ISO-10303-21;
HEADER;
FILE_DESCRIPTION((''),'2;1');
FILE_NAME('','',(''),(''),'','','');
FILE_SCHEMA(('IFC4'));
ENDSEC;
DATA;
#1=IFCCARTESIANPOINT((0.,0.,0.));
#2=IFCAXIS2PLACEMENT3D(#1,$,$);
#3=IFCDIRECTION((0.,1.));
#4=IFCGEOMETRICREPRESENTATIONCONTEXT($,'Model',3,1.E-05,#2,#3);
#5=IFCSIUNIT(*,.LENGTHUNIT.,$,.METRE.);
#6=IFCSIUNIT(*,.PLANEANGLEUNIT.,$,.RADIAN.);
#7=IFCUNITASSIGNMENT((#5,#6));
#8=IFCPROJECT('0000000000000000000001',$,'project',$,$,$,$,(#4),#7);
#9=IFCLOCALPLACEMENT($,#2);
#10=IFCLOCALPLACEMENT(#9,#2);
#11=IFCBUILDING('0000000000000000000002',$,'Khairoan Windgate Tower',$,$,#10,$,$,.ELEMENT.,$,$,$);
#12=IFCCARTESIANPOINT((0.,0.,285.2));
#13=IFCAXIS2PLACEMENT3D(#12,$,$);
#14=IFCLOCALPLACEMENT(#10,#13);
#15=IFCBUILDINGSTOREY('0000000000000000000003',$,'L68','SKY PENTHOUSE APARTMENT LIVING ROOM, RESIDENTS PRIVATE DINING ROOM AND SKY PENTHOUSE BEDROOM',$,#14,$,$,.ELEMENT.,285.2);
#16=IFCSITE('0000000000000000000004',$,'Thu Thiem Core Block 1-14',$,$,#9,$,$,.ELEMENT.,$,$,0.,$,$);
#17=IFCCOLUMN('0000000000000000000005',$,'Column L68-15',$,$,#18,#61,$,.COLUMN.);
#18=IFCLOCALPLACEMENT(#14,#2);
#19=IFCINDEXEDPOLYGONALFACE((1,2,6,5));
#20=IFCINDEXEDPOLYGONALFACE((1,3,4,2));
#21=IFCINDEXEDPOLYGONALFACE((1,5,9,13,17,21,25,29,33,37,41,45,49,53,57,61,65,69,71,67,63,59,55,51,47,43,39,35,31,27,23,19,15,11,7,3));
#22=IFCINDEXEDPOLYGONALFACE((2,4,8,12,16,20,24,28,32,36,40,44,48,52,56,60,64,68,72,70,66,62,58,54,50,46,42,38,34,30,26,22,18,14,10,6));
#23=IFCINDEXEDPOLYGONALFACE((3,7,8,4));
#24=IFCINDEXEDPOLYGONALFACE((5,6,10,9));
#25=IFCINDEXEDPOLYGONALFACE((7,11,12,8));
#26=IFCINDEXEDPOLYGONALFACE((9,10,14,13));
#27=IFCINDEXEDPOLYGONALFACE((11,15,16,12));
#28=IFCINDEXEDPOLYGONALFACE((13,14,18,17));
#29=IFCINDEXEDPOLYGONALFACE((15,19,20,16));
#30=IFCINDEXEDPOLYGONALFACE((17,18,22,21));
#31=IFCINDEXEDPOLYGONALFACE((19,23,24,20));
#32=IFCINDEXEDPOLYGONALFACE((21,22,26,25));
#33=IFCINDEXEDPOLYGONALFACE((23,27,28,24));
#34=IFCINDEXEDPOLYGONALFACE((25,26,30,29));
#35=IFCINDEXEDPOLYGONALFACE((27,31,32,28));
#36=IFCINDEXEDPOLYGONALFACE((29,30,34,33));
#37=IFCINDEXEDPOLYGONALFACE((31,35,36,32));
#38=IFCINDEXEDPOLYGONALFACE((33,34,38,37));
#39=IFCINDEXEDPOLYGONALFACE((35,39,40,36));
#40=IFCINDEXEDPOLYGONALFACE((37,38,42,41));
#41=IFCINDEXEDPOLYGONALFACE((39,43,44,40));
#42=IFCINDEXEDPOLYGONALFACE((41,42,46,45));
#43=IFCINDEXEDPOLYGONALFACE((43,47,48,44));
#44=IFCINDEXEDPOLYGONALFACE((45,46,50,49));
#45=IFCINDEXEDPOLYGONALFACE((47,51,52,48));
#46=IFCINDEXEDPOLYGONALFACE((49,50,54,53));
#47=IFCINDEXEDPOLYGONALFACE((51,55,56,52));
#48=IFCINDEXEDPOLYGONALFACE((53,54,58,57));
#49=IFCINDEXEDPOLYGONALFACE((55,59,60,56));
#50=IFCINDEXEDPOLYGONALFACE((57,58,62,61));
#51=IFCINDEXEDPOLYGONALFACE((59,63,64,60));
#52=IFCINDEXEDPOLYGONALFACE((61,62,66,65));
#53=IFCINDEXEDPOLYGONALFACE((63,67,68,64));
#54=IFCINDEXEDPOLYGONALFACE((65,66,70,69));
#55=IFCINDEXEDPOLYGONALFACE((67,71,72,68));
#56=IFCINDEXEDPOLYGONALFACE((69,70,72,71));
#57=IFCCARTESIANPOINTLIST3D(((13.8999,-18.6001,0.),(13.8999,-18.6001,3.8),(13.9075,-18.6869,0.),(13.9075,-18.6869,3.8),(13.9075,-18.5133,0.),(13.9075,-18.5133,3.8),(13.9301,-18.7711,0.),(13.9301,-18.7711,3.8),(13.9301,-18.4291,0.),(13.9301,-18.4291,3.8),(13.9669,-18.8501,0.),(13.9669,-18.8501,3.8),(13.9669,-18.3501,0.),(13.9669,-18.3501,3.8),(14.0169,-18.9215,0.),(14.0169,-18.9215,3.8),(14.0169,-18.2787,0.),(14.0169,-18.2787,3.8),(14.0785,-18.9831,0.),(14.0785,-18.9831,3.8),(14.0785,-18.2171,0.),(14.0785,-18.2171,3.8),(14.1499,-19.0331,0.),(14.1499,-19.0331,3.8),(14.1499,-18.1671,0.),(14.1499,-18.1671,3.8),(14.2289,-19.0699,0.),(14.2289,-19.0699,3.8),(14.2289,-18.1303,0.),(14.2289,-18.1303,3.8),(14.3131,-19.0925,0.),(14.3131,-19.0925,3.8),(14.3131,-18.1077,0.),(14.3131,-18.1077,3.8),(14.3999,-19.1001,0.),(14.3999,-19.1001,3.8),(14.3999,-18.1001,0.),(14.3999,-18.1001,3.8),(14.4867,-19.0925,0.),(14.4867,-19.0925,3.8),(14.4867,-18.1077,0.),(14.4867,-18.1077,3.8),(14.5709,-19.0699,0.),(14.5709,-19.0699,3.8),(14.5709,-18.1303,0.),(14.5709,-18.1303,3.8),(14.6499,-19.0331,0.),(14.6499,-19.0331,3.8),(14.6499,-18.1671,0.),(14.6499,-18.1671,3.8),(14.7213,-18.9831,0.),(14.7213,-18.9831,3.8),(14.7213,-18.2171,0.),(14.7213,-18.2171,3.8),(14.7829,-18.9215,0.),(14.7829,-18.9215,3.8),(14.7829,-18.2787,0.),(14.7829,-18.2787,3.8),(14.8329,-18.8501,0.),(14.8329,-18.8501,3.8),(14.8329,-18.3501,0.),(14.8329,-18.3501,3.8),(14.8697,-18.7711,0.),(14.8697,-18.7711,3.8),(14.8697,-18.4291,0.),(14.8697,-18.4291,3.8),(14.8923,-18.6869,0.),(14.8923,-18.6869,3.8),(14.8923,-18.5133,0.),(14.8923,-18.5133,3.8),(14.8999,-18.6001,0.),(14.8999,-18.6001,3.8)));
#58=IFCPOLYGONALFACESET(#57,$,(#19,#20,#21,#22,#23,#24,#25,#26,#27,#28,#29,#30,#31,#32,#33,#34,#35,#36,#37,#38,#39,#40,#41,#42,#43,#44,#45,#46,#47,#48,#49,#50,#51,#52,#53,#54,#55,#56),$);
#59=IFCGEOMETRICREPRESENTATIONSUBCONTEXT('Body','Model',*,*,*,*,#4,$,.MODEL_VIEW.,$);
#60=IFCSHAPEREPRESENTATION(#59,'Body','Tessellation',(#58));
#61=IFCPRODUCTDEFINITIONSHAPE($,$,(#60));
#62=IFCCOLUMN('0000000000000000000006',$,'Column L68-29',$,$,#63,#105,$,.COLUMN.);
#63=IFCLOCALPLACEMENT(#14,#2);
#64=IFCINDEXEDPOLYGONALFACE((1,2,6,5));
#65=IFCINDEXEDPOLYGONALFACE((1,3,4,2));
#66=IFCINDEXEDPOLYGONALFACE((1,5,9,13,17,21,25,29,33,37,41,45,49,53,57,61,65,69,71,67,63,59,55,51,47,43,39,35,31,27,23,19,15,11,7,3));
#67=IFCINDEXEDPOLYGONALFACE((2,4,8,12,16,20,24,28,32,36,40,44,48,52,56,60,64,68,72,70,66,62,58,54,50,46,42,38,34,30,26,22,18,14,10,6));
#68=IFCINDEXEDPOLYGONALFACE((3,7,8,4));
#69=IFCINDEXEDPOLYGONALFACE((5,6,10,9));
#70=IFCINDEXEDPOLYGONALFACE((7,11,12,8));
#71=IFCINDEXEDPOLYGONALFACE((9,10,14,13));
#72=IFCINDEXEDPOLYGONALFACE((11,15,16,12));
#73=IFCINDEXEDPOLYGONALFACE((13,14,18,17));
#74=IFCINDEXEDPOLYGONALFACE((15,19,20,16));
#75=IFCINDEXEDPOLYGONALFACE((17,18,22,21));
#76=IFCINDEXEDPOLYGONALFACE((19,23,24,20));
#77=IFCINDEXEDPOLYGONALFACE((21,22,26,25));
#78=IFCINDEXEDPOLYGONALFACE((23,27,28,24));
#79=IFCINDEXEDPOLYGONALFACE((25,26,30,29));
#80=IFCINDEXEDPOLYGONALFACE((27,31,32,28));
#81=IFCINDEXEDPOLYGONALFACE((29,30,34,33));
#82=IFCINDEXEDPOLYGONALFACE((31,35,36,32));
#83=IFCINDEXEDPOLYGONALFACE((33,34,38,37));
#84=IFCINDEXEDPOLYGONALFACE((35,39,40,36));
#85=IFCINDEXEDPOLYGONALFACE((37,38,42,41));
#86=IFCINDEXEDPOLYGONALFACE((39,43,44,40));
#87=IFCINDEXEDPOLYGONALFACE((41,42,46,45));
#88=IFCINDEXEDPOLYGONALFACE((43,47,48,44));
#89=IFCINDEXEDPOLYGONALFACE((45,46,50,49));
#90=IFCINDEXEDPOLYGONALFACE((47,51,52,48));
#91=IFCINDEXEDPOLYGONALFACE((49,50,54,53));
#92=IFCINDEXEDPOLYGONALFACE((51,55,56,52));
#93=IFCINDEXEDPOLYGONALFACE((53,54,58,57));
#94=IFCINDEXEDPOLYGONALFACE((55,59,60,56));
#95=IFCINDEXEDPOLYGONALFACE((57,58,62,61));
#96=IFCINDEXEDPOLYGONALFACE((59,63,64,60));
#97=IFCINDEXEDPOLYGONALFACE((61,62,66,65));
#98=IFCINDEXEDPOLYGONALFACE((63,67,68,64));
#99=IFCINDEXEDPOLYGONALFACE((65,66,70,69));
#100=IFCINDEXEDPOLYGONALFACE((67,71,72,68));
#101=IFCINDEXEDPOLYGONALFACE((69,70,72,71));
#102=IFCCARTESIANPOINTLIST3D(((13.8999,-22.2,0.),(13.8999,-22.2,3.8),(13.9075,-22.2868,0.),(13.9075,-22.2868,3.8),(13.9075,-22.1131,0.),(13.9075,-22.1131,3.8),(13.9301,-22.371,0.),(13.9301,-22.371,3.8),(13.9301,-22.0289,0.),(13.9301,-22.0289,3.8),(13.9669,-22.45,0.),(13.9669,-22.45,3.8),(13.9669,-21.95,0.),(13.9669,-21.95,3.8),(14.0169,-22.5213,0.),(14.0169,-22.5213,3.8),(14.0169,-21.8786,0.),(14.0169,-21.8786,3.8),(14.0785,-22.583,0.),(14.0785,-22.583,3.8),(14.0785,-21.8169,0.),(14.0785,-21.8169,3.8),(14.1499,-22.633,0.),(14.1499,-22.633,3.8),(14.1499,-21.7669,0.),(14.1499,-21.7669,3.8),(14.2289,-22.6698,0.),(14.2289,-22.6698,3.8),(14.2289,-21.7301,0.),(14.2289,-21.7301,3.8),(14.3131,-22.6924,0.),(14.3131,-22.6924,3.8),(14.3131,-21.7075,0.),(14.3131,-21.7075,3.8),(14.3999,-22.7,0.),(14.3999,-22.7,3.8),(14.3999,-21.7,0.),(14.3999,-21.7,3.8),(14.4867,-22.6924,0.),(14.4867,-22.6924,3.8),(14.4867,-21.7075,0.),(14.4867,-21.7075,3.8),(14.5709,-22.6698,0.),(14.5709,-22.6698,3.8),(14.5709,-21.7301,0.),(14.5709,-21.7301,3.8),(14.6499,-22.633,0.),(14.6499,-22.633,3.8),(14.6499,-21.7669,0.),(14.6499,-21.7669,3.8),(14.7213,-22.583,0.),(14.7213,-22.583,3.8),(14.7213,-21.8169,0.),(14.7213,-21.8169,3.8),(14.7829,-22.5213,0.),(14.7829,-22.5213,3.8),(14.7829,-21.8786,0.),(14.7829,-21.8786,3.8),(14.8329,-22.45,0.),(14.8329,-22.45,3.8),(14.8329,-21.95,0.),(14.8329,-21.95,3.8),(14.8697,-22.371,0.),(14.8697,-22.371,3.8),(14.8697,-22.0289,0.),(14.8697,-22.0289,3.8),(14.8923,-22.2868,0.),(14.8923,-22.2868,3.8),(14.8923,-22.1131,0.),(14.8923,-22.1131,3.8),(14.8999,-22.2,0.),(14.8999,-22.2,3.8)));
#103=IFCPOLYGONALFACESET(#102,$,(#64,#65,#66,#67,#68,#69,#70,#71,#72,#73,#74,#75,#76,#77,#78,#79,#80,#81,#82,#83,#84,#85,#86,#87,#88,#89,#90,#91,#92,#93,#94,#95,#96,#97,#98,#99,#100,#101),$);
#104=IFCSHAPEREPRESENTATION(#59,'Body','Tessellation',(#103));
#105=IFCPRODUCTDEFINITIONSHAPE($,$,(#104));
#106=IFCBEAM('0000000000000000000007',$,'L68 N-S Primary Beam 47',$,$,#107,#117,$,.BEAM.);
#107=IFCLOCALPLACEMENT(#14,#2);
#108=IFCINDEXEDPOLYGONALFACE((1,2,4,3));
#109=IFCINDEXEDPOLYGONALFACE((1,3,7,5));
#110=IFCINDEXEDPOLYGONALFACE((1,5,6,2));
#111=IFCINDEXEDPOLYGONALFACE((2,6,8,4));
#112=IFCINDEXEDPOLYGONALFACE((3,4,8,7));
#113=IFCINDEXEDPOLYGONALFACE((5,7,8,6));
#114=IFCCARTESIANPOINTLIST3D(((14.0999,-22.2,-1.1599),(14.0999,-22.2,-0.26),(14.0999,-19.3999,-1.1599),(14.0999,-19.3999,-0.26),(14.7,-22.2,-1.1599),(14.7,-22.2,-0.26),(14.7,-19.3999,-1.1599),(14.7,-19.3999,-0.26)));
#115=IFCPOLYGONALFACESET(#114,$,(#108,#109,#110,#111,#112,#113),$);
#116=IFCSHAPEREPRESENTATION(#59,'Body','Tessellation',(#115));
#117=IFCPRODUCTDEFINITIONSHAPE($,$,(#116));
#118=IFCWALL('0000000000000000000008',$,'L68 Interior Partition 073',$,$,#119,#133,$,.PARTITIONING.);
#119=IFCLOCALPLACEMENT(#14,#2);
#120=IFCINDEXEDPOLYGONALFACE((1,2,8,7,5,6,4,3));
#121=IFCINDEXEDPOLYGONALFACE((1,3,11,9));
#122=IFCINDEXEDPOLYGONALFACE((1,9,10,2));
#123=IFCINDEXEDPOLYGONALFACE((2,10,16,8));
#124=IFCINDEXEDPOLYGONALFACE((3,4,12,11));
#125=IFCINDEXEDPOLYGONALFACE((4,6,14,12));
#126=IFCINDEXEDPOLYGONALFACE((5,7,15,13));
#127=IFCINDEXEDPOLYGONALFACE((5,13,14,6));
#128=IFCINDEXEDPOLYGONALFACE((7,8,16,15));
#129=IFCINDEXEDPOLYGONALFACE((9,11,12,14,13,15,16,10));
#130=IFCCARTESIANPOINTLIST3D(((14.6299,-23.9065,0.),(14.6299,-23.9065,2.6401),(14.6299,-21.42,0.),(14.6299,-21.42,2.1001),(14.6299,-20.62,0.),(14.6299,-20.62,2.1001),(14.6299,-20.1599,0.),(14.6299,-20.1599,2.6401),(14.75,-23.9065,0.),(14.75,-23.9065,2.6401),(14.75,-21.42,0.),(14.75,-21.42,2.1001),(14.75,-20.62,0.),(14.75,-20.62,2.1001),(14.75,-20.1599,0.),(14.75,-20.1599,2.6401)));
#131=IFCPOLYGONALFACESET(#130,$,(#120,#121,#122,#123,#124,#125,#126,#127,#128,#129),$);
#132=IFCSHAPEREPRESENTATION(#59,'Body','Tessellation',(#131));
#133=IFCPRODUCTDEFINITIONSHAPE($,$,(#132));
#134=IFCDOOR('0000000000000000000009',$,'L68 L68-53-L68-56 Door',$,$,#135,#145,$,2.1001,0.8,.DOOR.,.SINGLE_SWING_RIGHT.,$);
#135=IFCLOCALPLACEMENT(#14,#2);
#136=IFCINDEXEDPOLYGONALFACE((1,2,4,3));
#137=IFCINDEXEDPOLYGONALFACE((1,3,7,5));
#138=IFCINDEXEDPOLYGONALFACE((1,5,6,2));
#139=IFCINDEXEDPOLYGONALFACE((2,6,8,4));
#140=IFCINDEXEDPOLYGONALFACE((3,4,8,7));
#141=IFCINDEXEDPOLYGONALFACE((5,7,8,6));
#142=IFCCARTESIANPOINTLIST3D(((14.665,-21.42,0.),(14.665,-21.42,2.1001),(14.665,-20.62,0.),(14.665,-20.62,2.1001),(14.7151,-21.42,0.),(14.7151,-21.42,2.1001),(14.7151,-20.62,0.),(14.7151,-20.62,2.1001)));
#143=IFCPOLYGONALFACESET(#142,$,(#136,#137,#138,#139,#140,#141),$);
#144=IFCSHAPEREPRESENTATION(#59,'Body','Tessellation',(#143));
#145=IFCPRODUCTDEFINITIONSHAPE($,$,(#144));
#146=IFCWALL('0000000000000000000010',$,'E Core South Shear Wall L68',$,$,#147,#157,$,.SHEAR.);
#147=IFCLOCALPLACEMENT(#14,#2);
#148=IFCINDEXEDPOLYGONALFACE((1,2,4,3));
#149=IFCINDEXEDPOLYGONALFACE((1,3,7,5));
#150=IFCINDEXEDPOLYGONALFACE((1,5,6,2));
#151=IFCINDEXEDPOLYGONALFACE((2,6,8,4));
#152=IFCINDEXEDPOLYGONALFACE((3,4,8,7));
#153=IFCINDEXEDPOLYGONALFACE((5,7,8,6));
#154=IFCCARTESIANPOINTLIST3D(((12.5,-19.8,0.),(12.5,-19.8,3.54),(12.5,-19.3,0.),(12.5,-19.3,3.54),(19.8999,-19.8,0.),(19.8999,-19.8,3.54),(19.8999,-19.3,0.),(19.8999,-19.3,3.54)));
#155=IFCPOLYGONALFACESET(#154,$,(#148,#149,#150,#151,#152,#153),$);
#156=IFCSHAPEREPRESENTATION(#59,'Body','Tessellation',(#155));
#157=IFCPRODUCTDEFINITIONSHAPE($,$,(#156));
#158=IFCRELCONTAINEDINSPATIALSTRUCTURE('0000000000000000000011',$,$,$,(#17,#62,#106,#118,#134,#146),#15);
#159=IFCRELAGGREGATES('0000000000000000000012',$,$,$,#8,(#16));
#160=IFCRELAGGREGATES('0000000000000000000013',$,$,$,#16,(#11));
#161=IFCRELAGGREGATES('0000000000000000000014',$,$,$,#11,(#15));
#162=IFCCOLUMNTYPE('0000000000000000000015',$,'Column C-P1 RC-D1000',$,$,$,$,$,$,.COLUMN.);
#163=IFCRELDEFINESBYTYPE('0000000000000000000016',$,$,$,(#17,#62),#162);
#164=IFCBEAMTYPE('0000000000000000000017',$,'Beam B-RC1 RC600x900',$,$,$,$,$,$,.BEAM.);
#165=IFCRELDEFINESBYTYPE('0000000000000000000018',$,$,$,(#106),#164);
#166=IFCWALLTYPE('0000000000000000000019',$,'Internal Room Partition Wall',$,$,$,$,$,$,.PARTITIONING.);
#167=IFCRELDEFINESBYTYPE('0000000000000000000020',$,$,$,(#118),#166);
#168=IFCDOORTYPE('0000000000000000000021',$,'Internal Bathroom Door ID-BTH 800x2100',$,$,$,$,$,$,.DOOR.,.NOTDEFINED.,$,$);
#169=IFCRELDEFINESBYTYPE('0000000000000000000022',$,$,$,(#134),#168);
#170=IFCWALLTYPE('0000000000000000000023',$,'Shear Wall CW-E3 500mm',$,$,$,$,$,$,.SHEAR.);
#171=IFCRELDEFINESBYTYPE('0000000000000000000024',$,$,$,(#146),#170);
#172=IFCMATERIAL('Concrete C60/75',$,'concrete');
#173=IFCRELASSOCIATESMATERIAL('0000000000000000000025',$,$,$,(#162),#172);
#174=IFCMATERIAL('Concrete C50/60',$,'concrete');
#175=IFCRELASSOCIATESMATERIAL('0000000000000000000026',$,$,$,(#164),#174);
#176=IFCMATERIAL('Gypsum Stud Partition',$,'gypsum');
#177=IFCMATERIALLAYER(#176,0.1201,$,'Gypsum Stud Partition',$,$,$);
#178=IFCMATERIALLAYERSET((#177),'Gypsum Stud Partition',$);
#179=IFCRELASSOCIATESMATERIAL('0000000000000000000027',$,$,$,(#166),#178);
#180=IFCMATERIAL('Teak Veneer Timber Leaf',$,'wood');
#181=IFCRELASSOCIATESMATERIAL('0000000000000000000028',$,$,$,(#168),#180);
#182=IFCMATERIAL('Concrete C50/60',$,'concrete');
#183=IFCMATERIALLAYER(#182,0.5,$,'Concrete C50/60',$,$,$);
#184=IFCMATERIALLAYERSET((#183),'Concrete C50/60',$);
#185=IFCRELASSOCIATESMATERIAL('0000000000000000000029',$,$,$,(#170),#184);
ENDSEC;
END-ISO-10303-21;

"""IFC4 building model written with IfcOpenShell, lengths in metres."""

from ifc_helpers import new_model, si_unit, direction, frame, frame_2d, origin, origin_2d, place, context, subcontext, project, spatial, rectangle, circle, extrude, material, layer, layer_set, material_profile, profile_set, type_object, element, fill, save


model = new_model("IFC4")

# Units and contexts
model_context = context("Model", 3, precision=1e-05, world=origin(), true_north=direction((0.0, 1.0)))
body_context = subcontext(model_context, "Body", "Model", "MODEL_VIEW")
ifc_project = project(units=[si_unit("LENGTHUNIT", "METRE"), si_unit("PLANEANGLEUNIT", "RADIAN")], contexts=[model_context])

# Site, building, storey
site_placement = place(None, origin())
site = spatial("IfcSite", under=ifc_project, at=site_placement, Name="Thu Thiem Core Block 1-14", CompositionType="ELEMENT", RefElevation=0.0)
building_placement = place(site_placement, origin())
building = spatial("IfcBuilding", under=site, at=building_placement, Name="Khairoan Windgate Tower", CompositionType="ELEMENT")
storey_placement = place(building_placement, frame((0.0, 0.0, 285.2)))
storey = spatial("IfcBuildingStorey", under=building, at=storey_placement, Name="L68", Description="SKY PENTHOUSE APARTMENT LIVING ROOM, RESIDENTS PRIVATE DINING ROOM AND SKY PENTHOUSE BEDROOM", CompositionType="ELEMENT", Elevation=285.2)

# Columns
ifc_material_1 = material(Name="Concrete C60/75", Category="concrete")
ifc_material_profile_1 = material_profile(ifc_material_1, circle(Radius=0.5, at=origin_2d()))
ifc_profile_set_1 = profile_set([ifc_material_profile_1], Name="Concrete C60/75")
column_type = type_object("IfcColumnType", Name="Column C-P1 RC-D1000", PredefinedType="COLUMN", material=ifc_profile_set_1)
for number, where, z_axis, x_axis, name in (
    (1, (14.3999, -18.6001, 0.0), (0.0, 0.0, 1.0), (1.0, 0.0, 0.0), "Column L68-15"),
    (2, (14.3999, -22.2, 0.0), (0.0, 0.0, 1.0), (1.0, 0.0, 0.0), "Column L68-29"),
):
    element("IfcColumn", number, at=place(storey_placement, frame(where, z_axis=z_axis, x_axis=x_axis)), inside=storey, type_object=column_type, Name=name, PredefinedType="COLUMN", context=body_context, shape_type="SweptSolid", body=[
        extrude(circle(Radius=0.5, at=origin_2d()), origin(), (0.0, 0.0, 1.0), 3.8),
    ])

# Beam
ifc_material_2 = material(Name="Concrete C50/60", Category="concrete")
ifc_material_profile_2 = material_profile(ifc_material_2, rectangle(XDim=0.6001, YDim=0.8999, at=origin_2d()))
ifc_profile_set_2 = profile_set([ifc_material_profile_2], Name="Concrete C50/60")
beam_type = type_object("IfcBeamType", Name="Beam B-RC1 RC600x900", PredefinedType="BEAM", material=ifc_profile_set_2)
beam_placement = place(storey_placement, frame((14.3999, -22.2, -0.71), z_axis=(0.0, 1.0, 0.0), x_axis=(-1.0, 0.0, 0.0)))
element("IfcBeam", 3, at=beam_placement, inside=storey, type_object=beam_type, Name="L68 N-S Primary Beam 47", PredefinedType="BEAM", context=body_context, shape_type="SweptSolid", body=[
    extrude(rectangle(XDim=0.6001, YDim=0.8999, at=origin_2d()), origin(), (0.0, 0.0, 1.0), 2.8),
])

# Wall, opening, door
ifc_material_3 = material(Name="Gypsum Stud Partition", Category="gypsum")
ifc_layer_1 = layer(ifc_material_3, 0.1201, Name="Gypsum Stud Partition")
ifc_layer_set_1 = layer_set([ifc_layer_1], Name="Gypsum Stud Partition")
wall_type_1 = type_object("IfcWallType", Name="Internal Room Partition Wall", PredefinedType="PARTITIONING", material=ifc_layer_set_1)
wall_1_placement = place(storey_placement, frame((14.6899, -23.9065, 0.0), z_axis=(0.0, 0.0, 1.0), x_axis=(0.0, 1.0, 0.0)))
wall_1 = element("IfcWall", 4, at=wall_1_placement, inside=storey, type_object=wall_type_1, Name="L68 Interior Partition 073", PredefinedType="PARTITIONING", context=body_context, shape_type="SweptSolid", body=[
    extrude(rectangle(XDim=3.7466, YDim=0.1201, at=frame_2d((1.8733, 0.0))), origin(), (0.0, 0.0, 1.0), 2.6401),
])
opening_1_placement = place(wall_1_placement, frame((2.4866, 0.0, 0.0)))
opening_1 = element("IfcOpeningElement", 5, at=opening_1_placement, cuts=wall_1, PredefinedType="OPENING", context=body_context, shape_type="SweptSolid", body=[
    extrude(rectangle(XDim=0.8, YDim=2.1001, at=frame_2d((0.3999, 1.05))), frame((0.0, 0.0701, 0.0), z_axis=(0.0, -1.0, 0.0), x_axis=(1.0, 0.0, 0.0)), (0.0, 0.0, 1.0), 0.1401),
])
ifc_material_4 = material(Name="Teak Veneer Timber Leaf", Category="wood")
door_type_1 = type_object("IfcDoorType", Name="Internal Bathroom Door ID-BTH 800x2100", OperationType="NOTDEFINED", PredefinedType="DOOR", material=ifc_material_4)
door_1_placement = place(opening_1_placement, origin())
door_1 = element("IfcDoor", 6, at=door_1_placement, inside=storey, type_object=door_type_1, Name="L68 L68-53-L68-56 Door", OperationType="SINGLE_SWING_RIGHT", OverallHeight=2.1001, OverallWidth=0.8, PredefinedType="DOOR", context=body_context, shape_type="SweptSolid", body=[
    extrude(rectangle(XDim=0.8, YDim=2.1001, at=frame_2d((0.3999, 1.05))), frame((0.0, 0.0249, 0.0), z_axis=(0.0, -1.0, 0.0), x_axis=(1.0, 0.0, 0.0)), (0.0, 0.0, 1.0), 0.05),
])
fill(opening_1, door_1)

# Wall
ifc_material_5 = material(Name="Concrete C50/60", Category="concrete")
ifc_layer_2 = layer(ifc_material_5, 0.5, Name="Concrete C50/60")
ifc_layer_set_2 = layer_set([ifc_layer_2], Name="Concrete C50/60")
wall_type_2 = type_object("IfcWallType", Name="Shear Wall CW-E3 500mm", PredefinedType="SHEAR", material=ifc_layer_set_2)
wall_2_placement = place(storey_placement, frame((12.5, -19.55, 0.0), z_axis=(0.0, 0.0, 1.0), x_axis=(1.0, 0.0, 0.0)))
element("IfcWall", 7, at=wall_2_placement, inside=storey, type_object=wall_type_2, Name="E Core South Shear Wall L68", PredefinedType="SHEAR", context=body_context, shape_type="SweptSolid", body=[
    extrude(rectangle(XDim=7.3999, YDim=0.5, at=frame_2d((3.7, 0.0))), origin(), (0.0, 0.0, 1.0), 3.54),
])

save(model, "model.ifc")
